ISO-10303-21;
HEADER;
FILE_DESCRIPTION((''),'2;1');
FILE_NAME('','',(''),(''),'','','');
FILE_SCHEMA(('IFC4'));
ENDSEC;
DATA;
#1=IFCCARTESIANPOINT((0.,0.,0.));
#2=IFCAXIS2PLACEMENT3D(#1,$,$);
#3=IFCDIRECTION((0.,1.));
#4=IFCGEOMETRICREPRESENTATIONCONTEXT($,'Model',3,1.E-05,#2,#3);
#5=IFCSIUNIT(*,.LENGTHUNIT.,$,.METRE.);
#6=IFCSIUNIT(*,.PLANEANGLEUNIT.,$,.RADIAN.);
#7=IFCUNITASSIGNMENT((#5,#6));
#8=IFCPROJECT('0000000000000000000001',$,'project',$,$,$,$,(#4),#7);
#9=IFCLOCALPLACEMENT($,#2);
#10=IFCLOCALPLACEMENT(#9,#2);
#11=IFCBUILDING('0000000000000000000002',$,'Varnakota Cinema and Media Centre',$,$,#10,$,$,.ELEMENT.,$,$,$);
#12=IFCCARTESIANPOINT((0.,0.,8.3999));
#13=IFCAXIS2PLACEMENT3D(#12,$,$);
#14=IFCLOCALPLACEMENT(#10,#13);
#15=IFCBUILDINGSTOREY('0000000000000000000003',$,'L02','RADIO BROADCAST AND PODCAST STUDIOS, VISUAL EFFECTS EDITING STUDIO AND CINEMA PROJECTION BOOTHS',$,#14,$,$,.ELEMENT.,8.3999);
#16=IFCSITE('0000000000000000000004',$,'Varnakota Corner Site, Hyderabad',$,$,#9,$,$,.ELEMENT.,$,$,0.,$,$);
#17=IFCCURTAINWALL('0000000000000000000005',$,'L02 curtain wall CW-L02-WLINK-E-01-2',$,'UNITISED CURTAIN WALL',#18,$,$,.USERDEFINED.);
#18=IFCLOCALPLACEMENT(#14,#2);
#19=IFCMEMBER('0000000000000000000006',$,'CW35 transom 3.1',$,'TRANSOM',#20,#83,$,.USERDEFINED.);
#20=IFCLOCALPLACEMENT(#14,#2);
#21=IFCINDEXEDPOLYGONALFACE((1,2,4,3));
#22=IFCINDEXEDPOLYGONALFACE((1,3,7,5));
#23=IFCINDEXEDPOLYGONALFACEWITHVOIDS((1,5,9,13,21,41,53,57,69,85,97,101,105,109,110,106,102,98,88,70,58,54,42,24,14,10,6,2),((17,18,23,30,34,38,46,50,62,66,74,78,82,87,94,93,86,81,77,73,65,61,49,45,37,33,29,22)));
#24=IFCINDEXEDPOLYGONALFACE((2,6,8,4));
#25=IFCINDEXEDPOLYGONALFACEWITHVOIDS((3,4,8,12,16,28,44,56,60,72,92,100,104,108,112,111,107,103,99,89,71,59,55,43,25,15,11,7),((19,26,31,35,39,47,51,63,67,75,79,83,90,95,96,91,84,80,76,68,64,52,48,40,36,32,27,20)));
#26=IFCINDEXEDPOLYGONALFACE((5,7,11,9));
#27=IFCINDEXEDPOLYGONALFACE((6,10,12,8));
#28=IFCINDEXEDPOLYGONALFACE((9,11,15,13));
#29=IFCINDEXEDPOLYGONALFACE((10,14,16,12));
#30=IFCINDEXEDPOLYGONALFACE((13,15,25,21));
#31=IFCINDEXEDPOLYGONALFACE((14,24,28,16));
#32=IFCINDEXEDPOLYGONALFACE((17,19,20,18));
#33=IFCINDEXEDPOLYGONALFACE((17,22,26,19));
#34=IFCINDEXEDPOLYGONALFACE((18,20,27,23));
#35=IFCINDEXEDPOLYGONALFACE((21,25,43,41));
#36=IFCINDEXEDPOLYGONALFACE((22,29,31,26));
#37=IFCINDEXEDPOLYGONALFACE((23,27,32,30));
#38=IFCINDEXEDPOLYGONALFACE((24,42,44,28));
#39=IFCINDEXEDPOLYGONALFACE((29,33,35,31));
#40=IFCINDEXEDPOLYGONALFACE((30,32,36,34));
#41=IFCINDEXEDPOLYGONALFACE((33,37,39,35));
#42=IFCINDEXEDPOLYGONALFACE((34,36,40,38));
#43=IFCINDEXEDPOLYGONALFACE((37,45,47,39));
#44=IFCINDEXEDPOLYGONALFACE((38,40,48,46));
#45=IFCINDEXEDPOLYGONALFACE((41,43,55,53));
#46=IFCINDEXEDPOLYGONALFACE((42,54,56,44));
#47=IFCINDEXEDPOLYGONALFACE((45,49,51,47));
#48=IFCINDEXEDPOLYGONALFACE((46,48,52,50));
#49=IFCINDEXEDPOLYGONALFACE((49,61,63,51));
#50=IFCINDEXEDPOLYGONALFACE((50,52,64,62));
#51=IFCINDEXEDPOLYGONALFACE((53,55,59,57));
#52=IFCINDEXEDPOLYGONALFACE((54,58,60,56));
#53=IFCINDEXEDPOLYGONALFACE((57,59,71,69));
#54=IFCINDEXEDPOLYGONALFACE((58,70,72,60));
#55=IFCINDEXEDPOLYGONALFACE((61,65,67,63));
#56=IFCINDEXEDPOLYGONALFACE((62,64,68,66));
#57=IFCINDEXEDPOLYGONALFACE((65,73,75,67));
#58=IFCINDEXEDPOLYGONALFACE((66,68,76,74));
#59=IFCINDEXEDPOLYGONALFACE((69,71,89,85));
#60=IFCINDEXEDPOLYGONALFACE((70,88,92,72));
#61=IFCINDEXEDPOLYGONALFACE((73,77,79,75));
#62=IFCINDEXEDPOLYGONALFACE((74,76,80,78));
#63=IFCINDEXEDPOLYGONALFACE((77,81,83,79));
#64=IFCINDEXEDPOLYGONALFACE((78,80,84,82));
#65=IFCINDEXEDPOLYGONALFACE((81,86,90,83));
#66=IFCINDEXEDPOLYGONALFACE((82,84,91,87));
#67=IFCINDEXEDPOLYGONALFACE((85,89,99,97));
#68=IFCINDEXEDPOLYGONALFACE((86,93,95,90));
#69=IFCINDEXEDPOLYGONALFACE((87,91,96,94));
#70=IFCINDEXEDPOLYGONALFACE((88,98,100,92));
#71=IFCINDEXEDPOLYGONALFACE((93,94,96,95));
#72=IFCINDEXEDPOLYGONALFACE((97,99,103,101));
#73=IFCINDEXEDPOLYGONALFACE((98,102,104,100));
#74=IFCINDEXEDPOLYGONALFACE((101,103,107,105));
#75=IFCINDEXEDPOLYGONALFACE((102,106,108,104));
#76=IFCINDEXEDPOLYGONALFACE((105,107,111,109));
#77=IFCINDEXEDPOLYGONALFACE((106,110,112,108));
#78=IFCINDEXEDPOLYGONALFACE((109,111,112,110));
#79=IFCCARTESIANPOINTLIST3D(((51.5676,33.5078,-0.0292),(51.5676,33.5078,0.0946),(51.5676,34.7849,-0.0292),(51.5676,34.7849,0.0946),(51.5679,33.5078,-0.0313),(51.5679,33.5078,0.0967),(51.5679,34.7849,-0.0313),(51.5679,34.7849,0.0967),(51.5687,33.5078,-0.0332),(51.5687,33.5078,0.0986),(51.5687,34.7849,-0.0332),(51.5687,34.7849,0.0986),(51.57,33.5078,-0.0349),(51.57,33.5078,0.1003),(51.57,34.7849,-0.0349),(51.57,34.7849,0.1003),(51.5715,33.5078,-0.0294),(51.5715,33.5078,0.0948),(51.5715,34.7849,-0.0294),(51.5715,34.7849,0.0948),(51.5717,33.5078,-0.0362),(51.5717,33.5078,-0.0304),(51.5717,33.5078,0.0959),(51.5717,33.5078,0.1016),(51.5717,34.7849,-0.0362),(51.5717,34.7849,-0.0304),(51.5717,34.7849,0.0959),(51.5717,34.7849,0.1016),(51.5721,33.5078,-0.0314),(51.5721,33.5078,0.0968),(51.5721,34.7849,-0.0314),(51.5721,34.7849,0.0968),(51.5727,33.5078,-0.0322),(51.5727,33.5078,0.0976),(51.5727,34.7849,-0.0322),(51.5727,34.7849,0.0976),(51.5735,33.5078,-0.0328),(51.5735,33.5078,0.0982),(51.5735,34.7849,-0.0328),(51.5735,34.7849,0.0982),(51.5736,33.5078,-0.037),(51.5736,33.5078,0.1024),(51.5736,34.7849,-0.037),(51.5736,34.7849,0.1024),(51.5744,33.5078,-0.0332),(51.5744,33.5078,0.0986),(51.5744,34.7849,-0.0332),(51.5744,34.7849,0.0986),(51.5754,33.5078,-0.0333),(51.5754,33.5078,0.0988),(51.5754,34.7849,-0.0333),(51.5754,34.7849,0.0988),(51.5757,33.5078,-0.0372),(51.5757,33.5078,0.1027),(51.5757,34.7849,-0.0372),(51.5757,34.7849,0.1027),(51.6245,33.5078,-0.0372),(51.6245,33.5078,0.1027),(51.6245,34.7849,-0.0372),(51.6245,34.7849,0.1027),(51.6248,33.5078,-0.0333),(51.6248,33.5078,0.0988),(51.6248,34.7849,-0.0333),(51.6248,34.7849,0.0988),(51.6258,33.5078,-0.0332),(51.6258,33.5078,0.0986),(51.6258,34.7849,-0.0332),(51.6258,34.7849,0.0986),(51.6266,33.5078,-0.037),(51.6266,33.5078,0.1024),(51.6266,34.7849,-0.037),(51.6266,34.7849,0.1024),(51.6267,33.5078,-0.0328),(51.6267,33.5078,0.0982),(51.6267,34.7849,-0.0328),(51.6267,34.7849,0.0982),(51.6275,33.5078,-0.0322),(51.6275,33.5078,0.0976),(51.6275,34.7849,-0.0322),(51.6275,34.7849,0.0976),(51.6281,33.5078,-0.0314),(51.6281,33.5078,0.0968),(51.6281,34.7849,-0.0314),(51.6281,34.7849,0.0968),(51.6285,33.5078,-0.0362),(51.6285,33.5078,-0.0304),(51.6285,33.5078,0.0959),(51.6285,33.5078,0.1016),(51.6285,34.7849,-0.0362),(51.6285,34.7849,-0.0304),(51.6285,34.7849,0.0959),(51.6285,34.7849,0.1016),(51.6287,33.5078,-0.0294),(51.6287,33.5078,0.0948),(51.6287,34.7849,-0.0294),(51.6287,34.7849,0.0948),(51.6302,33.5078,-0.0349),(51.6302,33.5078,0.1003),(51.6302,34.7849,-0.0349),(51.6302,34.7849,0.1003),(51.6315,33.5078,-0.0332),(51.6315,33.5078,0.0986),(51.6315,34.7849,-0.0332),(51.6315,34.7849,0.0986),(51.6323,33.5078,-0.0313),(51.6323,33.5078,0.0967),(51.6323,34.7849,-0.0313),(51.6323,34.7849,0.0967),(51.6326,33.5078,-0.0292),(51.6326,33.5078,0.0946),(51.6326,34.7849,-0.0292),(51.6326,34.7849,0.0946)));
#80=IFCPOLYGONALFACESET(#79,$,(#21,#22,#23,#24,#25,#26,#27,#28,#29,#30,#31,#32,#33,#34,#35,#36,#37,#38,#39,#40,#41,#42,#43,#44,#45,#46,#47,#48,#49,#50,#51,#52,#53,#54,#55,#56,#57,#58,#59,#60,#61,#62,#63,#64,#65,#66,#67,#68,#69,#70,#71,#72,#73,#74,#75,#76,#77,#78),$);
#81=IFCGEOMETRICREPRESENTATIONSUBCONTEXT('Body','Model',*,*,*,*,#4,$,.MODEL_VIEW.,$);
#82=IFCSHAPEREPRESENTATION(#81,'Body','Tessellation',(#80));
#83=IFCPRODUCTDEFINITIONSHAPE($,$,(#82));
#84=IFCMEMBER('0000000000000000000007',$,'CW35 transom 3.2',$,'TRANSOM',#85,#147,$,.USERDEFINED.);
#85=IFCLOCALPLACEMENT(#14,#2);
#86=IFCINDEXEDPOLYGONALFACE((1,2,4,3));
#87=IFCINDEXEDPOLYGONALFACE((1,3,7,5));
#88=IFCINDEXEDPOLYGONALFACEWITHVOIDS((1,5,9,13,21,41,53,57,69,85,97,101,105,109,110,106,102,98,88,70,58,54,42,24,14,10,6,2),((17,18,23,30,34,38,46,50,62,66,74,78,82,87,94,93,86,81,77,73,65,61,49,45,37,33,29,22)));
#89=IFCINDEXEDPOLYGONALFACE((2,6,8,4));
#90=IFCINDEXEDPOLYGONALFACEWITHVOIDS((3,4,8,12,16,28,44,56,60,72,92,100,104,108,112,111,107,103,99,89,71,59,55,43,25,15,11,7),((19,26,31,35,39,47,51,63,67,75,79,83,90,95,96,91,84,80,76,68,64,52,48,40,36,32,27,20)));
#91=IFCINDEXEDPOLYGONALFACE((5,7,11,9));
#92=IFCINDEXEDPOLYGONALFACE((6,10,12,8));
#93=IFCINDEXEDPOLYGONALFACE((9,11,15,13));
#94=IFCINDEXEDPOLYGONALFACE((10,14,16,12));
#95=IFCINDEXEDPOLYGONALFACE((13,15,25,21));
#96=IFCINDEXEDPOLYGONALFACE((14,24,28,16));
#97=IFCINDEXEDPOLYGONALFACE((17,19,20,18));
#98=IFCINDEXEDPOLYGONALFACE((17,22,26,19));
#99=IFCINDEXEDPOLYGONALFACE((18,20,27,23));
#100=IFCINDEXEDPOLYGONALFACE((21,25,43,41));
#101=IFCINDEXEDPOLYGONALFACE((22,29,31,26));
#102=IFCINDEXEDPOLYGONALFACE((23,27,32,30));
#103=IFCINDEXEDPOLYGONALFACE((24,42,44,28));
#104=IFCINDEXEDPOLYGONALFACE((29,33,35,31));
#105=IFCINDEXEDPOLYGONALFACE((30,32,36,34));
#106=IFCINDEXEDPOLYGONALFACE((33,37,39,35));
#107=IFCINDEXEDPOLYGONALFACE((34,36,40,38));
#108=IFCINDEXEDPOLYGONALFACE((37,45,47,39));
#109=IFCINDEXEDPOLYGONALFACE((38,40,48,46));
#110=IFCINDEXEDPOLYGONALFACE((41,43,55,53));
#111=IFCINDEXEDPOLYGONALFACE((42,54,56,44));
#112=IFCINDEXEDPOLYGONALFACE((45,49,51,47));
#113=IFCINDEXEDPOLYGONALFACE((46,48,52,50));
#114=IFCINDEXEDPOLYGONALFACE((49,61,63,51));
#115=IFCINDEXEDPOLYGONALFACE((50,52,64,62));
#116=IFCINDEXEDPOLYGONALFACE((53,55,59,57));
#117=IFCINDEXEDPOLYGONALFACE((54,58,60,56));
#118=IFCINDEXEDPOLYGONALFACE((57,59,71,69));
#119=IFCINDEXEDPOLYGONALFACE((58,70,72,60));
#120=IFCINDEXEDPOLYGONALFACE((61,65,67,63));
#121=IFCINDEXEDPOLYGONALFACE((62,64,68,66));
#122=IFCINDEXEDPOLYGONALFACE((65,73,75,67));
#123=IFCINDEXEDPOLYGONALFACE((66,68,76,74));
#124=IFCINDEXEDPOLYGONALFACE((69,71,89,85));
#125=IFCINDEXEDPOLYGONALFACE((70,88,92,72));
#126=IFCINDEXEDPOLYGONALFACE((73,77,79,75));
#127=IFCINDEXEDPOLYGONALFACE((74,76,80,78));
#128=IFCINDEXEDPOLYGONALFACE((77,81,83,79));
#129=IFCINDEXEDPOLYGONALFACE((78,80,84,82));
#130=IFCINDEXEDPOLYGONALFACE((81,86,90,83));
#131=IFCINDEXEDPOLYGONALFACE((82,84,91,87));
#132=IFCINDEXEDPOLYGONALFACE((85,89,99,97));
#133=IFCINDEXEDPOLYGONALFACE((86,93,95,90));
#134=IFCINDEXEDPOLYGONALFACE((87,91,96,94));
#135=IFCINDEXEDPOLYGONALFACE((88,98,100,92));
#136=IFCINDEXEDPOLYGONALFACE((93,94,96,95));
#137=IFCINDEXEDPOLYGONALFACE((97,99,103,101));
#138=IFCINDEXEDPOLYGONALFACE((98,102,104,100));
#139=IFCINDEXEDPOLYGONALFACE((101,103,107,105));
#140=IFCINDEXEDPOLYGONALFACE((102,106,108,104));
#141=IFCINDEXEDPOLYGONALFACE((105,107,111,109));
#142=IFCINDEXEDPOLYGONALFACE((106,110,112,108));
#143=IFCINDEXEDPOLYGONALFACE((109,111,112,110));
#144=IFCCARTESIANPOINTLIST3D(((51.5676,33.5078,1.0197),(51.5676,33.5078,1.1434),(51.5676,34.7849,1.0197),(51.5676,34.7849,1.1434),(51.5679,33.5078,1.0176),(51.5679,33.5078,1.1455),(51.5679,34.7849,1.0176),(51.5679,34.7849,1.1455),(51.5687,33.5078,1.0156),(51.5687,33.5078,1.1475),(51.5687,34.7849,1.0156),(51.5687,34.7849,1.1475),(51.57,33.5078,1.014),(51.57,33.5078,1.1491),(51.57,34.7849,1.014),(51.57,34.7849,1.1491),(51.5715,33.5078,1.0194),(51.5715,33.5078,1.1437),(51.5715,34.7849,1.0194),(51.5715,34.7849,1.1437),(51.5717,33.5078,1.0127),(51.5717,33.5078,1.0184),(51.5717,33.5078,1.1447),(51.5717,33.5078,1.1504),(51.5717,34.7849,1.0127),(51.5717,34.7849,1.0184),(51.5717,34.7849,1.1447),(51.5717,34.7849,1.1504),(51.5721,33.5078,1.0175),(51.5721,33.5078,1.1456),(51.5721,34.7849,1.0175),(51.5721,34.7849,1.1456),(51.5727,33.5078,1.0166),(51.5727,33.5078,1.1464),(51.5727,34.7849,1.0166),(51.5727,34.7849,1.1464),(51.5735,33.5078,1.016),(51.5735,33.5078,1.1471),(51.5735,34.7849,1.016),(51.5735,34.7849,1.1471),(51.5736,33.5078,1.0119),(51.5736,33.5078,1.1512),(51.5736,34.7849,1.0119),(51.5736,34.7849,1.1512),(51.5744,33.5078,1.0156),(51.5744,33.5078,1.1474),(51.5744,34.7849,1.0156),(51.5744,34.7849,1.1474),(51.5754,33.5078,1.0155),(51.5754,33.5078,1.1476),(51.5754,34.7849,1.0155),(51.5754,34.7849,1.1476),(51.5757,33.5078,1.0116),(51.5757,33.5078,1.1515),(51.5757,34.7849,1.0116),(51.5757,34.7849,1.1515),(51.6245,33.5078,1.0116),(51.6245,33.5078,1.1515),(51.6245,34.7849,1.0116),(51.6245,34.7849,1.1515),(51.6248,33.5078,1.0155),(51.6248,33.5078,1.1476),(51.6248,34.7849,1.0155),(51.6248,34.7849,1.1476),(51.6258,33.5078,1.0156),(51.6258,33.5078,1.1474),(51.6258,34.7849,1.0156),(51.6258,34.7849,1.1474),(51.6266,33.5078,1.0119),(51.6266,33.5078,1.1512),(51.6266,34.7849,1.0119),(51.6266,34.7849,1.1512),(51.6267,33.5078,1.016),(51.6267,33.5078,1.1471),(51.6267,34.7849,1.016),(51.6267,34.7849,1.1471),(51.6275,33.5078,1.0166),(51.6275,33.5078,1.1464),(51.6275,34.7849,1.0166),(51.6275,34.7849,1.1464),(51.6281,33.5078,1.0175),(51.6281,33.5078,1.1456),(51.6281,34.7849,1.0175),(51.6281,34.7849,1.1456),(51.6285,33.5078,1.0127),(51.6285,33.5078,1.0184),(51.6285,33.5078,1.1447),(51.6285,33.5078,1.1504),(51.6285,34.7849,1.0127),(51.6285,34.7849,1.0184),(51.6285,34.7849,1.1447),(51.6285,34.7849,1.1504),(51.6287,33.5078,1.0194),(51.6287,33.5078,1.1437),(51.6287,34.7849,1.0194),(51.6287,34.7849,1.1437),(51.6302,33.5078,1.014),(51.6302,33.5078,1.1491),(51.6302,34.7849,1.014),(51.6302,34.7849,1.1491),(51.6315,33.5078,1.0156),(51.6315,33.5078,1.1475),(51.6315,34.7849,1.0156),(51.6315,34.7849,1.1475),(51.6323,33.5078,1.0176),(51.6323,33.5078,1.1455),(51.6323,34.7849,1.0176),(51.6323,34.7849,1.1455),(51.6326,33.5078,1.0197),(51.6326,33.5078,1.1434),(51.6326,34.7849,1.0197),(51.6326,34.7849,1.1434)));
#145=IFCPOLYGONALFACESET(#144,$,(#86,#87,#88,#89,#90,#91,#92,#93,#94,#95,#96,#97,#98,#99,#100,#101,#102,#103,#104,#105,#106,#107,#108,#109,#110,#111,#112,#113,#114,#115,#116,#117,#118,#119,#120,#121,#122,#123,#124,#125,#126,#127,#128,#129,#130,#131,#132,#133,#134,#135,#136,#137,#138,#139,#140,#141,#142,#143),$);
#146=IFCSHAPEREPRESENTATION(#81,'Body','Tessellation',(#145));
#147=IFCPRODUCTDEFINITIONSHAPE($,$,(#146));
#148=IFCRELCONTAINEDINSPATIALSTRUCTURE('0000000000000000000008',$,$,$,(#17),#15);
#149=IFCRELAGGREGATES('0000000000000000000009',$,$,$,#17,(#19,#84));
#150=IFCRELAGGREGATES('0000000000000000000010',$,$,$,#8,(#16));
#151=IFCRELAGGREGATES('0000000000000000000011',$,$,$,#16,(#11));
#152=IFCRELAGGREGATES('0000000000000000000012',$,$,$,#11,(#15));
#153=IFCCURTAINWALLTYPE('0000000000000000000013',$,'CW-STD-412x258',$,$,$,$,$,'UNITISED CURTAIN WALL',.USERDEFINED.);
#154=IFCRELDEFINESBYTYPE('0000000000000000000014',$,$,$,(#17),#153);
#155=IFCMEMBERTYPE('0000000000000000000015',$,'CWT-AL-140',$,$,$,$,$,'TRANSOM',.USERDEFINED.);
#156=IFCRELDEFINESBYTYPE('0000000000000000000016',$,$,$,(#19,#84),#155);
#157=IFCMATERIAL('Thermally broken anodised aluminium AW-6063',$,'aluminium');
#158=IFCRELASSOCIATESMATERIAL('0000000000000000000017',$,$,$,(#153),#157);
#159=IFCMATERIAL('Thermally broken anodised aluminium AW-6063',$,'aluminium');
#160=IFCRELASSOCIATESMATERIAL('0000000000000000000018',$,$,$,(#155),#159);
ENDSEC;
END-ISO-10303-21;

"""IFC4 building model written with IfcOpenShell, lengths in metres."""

from ifc_helpers import new_model, si_unit, direction, frame, origin, origin_2d, place, context, subcontext, project, spatial, hollow_rectangle, extrude, material, material_profile, profile_set, type_object, element, aggregate, save


model = new_model("IFC4")

# Units and contexts
model_context = context("Model", 3, precision=1e-05, world=origin(), true_north=direction((0.0, 1.0)))
body_context = subcontext(model_context, "Body", "Model", "MODEL_VIEW")
ifc_project = project(units=[si_unit("LENGTHUNIT", "METRE"), si_unit("PLANEANGLEUNIT", "RADIAN")], contexts=[model_context])

# Site, building, storey
site_placement = place(None, origin())
site = spatial("IfcSite", under=ifc_project, at=site_placement, Name="Varnakota Corner Site, Hyderabad", CompositionType="ELEMENT", RefElevation=0.0)
building_placement = place(site_placement, origin())
building = spatial("IfcBuilding", under=site, at=building_placement, Name="Varnakota Cinema and Media Centre", CompositionType="ELEMENT")
storey_placement = place(building_placement, frame((0.0, 0.0, 8.3999)))
storey = spatial("IfcBuildingStorey", under=building, at=storey_placement, Name="L02", Description="RADIO BROADCAST AND PODCAST STUDIOS, VISUAL EFFECTS EDITING STUDIO AND CINEMA PROJECTION BOOTHS", CompositionType="ELEMENT", Elevation=8.3999)

# Curtain wall
ifc_material_1 = material(Name="Thermally broken anodised aluminium AW-6063", Category="aluminium")
curtain_wall_type_1 = type_object("IfcCurtainWallType", Name="CW-STD-412x258", ElementType="UNITISED CURTAIN WALL", PredefinedType="USERDEFINED", material=ifc_material_1)
curtain_wall_1_placement = place(storey_placement, origin())
curtain_wall_1 = element("IfcCurtainWall", 1, at=curtain_wall_1_placement, inside=storey, type_object=curtain_wall_type_1, Name="L02 curtain wall CW-L02-WLINK-E-01-2", ObjectType="UNITISED CURTAIN WALL", PredefinedType="USERDEFINED")

# Members
ifc_material_2 = material(Name="Thermally broken anodised aluminium AW-6063", Category="aluminium")
ifc_material_profile_1 = material_profile(ifc_material_2, hollow_rectangle(XDim=0.0649, YDim=0.1399, WallThickness=0.0039, InnerFilletRadius=0.0039, OuterFilletRadius=0.0081, at=origin_2d()), Name="AL-TRANSOM 140x65x4")
ifc_profile_set_1 = profile_set([ifc_material_profile_1], Name="Thermally broken anodised aluminium AW-6063")
member_type_1 = type_object("IfcMemberType", Name="CWT-AL-140", ElementType="TRANSOM", PredefinedType="USERDEFINED", material=ifc_profile_set_1)
member_1_placement = place(storey_placement, frame((51.6001, 33.5078, 0.0327), z_axis=(0.0, 1.0, 0.0), x_axis=(-1.0, 0.0, 0.0)))
member_1 = element("IfcMember", 2, at=member_1_placement, type_object=member_type_1, Name="CW35 transom 3.1", ObjectType="TRANSOM", PredefinedType="USERDEFINED", context=body_context, shape_type="SweptSolid", body=[
    extrude(hollow_rectangle(XDim=0.0649, YDim=0.1399, WallThickness=0.0039, InnerFilletRadius=0.0039, OuterFilletRadius=0.0081, at=origin_2d()), origin(), (0.0, 0.0, 1.0), 1.2771),
])
member_2_placement = place(storey_placement, frame((51.6001, 33.5078, 1.0815), z_axis=(0.0, 1.0, 0.0), x_axis=(-1.0, 0.0, 0.0)))
member_2 = element("IfcMember", 3, at=member_2_placement, type_object=member_type_1, Name="CW35 transom 3.2", ObjectType="TRANSOM", PredefinedType="USERDEFINED", context=body_context, shape_type="SweptSolid", body=[
    extrude(hollow_rectangle(XDim=0.0649, YDim=0.1399, WallThickness=0.0039, InnerFilletRadius=0.0039, OuterFilletRadius=0.0081, at=origin_2d()), origin(), (0.0, 0.0, 1.0), 1.2771),
])

aggregate(curtain_wall_1, [member_1, member_2])

save(model, "model.ifc")
